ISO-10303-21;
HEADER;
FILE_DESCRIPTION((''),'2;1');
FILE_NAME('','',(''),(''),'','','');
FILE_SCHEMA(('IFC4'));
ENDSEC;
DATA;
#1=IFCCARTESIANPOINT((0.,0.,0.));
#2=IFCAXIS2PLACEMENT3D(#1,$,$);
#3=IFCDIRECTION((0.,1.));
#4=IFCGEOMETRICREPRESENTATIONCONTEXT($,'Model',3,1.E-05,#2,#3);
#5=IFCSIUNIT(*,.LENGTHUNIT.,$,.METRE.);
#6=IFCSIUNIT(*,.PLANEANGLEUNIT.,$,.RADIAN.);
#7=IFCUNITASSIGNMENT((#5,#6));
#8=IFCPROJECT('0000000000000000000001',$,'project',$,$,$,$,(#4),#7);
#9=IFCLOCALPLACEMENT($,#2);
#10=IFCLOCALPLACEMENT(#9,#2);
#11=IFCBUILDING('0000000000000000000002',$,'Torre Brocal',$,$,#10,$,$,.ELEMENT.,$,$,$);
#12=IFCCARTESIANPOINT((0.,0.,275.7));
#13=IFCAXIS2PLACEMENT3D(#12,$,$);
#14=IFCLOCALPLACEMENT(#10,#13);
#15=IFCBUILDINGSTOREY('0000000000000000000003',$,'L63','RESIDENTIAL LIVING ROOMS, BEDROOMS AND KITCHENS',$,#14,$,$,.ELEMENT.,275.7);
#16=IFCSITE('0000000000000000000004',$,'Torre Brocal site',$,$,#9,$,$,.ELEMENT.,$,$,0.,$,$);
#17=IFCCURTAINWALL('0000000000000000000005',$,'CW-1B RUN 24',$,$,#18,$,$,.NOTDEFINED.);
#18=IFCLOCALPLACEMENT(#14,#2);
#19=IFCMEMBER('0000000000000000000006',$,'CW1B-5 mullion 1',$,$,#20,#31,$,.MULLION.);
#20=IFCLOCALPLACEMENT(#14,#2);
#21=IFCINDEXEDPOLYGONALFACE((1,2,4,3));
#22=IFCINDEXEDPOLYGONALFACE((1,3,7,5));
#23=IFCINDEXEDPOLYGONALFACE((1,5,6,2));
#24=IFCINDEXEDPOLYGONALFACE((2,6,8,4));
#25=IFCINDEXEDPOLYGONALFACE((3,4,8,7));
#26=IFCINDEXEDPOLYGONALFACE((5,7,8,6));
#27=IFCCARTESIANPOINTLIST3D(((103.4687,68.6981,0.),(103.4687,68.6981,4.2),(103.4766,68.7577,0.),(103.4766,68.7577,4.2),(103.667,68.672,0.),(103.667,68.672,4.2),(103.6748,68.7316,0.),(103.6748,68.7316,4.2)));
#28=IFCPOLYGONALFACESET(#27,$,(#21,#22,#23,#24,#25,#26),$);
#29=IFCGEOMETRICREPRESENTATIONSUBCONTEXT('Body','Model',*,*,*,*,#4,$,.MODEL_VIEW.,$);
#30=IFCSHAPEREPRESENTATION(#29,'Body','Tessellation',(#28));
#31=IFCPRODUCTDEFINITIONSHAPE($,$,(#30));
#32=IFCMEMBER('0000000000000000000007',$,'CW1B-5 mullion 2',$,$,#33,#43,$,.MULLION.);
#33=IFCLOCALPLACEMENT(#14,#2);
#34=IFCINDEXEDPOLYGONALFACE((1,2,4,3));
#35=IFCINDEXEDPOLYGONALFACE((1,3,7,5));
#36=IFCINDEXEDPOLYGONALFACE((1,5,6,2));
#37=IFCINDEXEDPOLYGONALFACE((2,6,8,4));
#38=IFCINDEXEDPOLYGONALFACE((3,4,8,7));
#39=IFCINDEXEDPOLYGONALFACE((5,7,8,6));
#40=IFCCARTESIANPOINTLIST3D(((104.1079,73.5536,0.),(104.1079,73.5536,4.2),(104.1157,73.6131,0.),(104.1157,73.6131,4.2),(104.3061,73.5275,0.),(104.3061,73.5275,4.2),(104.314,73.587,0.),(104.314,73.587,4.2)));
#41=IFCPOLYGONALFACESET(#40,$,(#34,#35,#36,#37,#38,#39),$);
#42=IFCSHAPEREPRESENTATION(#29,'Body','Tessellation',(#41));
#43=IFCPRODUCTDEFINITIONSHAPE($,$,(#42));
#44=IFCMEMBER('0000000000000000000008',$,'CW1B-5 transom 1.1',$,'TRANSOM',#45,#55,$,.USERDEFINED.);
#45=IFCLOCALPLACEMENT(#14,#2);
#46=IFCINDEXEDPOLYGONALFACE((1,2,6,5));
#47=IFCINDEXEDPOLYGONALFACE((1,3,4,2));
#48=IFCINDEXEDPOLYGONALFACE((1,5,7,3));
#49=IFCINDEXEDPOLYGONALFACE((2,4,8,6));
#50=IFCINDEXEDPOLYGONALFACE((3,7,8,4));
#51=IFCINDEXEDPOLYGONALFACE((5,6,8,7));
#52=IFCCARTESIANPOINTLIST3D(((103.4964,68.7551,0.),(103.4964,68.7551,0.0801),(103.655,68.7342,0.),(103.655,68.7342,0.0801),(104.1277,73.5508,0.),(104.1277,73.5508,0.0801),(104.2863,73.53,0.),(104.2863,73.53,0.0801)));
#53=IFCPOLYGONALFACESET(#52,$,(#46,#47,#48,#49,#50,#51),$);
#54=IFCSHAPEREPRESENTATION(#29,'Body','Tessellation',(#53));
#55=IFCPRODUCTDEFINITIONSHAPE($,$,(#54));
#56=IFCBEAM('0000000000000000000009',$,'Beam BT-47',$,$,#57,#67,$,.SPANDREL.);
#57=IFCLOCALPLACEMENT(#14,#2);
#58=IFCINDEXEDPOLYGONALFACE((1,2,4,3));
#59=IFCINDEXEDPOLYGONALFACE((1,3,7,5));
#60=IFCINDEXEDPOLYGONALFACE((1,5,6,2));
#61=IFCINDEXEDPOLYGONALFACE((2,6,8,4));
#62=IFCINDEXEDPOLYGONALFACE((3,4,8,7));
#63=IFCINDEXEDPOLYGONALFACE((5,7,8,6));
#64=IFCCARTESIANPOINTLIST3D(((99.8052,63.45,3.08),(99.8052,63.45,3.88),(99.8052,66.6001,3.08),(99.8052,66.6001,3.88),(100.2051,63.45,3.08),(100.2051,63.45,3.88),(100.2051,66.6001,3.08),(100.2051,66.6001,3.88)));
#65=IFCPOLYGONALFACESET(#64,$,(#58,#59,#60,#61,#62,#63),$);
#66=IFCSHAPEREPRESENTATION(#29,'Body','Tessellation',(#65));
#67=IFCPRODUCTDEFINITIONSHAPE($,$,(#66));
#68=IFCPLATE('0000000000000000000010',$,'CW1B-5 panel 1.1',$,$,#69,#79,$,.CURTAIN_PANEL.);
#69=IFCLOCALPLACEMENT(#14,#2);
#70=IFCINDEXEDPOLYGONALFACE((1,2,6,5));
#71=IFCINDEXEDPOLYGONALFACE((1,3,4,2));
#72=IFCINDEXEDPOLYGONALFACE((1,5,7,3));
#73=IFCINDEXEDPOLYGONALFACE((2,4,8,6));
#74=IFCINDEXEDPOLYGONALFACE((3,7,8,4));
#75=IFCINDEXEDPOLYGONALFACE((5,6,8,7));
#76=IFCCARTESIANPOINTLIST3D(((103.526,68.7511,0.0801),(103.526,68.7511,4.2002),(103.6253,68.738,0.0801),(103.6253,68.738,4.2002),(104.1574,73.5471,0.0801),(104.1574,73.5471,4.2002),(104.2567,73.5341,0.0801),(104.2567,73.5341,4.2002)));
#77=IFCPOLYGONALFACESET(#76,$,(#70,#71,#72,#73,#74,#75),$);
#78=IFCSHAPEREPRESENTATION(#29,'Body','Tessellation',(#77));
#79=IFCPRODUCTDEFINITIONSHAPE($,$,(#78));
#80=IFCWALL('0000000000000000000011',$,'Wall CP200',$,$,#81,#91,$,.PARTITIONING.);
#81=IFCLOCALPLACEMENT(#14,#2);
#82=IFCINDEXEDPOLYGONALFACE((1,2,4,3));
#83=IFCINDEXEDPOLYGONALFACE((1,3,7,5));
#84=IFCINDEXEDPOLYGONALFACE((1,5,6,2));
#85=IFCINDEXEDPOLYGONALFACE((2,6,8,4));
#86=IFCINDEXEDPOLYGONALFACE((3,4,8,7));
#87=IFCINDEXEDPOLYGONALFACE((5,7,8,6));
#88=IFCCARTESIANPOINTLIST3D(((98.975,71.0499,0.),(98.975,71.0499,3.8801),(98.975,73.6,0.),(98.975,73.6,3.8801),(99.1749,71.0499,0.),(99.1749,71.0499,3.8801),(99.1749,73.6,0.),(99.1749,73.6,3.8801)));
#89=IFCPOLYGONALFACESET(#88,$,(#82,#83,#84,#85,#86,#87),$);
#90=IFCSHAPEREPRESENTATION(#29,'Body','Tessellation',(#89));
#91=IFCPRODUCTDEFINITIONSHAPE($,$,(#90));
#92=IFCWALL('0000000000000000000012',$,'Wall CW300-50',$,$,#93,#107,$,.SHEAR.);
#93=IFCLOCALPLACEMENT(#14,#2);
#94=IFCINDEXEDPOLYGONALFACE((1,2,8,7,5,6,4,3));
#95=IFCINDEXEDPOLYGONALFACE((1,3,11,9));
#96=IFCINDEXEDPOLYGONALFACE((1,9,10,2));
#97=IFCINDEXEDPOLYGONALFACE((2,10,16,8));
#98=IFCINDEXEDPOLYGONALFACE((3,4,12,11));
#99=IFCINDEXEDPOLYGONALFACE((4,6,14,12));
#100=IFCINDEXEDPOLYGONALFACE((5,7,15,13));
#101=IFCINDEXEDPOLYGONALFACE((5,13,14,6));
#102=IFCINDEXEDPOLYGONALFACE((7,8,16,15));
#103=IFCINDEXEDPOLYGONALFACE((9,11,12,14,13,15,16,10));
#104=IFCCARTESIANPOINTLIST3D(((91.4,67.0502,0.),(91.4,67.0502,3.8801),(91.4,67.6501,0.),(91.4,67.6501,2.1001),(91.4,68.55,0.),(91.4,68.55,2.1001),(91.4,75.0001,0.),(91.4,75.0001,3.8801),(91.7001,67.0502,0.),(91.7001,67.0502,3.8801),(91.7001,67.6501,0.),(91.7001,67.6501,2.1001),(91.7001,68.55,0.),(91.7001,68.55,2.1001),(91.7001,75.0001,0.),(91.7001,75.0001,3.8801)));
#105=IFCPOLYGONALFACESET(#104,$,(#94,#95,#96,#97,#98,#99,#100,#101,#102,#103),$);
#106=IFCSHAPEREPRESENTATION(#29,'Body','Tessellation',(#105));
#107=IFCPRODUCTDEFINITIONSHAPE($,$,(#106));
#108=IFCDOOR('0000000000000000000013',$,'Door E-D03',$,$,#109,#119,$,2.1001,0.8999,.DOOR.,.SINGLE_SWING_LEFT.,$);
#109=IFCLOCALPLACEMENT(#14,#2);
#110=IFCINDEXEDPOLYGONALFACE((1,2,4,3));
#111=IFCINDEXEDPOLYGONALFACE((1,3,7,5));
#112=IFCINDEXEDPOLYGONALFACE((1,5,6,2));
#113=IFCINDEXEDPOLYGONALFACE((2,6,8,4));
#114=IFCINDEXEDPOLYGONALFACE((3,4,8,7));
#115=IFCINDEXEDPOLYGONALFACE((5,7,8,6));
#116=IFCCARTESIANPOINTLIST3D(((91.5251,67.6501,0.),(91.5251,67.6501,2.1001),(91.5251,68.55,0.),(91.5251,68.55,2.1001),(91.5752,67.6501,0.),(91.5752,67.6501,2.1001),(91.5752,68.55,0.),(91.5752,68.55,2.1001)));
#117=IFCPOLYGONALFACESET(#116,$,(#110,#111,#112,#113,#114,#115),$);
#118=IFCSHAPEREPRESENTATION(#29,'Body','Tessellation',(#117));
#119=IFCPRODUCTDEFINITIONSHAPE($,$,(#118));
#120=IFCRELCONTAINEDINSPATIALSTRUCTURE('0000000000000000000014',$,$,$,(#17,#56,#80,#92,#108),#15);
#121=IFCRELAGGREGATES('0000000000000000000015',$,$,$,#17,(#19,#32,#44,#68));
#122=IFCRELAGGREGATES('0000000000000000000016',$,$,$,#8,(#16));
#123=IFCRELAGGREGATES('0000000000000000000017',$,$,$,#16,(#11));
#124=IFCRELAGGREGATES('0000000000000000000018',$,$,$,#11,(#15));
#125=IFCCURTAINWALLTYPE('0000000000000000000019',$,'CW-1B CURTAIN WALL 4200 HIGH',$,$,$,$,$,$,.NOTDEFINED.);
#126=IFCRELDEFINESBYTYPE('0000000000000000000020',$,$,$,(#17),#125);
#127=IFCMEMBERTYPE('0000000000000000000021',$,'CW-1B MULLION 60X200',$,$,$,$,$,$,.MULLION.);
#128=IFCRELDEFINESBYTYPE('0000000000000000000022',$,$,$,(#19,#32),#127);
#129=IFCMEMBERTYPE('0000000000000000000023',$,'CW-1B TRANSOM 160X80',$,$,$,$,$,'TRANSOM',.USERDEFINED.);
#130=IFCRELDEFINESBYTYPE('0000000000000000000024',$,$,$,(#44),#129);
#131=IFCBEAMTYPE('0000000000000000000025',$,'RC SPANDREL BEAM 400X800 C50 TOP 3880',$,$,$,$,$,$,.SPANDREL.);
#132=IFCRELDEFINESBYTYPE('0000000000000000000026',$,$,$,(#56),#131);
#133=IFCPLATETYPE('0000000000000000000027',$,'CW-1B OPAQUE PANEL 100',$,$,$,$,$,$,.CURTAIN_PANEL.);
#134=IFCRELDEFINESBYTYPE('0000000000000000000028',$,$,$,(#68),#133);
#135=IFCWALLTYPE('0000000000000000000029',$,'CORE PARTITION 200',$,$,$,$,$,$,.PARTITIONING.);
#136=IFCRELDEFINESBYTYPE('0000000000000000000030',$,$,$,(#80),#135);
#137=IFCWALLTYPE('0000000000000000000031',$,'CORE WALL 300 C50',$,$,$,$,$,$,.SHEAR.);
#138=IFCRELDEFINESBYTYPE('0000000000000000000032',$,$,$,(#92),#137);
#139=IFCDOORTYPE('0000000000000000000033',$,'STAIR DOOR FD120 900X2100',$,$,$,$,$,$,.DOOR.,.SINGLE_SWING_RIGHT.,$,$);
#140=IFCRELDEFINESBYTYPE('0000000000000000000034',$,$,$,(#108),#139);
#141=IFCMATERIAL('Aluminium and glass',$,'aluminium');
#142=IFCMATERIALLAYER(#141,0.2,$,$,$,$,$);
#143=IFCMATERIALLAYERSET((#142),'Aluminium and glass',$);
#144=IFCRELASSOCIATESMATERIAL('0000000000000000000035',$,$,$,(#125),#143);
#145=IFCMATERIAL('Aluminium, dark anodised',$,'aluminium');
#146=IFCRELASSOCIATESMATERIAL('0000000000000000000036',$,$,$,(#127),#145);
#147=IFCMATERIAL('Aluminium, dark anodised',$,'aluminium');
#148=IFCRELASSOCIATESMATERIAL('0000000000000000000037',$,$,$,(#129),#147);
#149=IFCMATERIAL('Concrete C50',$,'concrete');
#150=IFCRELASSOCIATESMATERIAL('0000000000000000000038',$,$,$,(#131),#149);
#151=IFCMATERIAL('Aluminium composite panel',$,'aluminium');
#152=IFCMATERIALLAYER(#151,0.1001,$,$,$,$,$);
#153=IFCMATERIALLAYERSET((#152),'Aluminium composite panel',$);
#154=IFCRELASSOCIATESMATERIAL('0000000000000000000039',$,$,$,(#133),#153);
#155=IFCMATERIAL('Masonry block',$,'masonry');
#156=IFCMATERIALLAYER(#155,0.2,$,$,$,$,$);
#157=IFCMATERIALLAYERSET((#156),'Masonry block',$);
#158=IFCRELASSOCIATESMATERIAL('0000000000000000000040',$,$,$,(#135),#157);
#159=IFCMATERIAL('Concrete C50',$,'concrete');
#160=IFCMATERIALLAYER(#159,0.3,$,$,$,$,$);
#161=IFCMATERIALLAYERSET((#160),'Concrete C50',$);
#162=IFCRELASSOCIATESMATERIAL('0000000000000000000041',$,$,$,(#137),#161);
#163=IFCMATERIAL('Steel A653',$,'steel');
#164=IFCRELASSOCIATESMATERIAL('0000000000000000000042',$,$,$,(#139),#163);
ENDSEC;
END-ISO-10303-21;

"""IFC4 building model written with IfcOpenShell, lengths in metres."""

from ifc_helpers import new_model, si_unit, direction, frame, frame_2d, origin, origin_2d, place, context, subcontext, project, spatial, rectangle, extrude, material, layer, layer_set, material_profile, profile_set, type_object, element, fill, aggregate, save


model = new_model("IFC4")

# Units and contexts
model_context = context("Model", 3, precision=1e-05, world=origin(), true_north=direction((0.0, 1.0)))
body_context = subcontext(model_context, "Body", "Model", "MODEL_VIEW")
ifc_project = project(units=[si_unit("LENGTHUNIT", "METRE"), si_unit("PLANEANGLEUNIT", "RADIAN")], contexts=[model_context])

# Site, building, storey
site_placement = place(None, origin())
site = spatial("IfcSite", under=ifc_project, at=site_placement, Name="Torre Brocal site", CompositionType="ELEMENT", RefElevation=0.0)
building_placement = place(site_placement, origin())
building = spatial("IfcBuilding", under=site, at=building_placement, Name="Torre Brocal", CompositionType="ELEMENT")
storey_placement = place(building_placement, frame((0.0, 0.0, 275.7)))
storey = spatial("IfcBuildingStorey", under=building, at=storey_placement, Name="L63", Description="RESIDENTIAL LIVING ROOMS, BEDROOMS AND KITCHENS", CompositionType="ELEMENT", Elevation=275.7)

# Curtain wall, members
ifc_material_1 = material(Name="Aluminium and glass", Category="aluminium")
ifc_layer_1 = layer(ifc_material_1, 0.2)
ifc_layer_set_1 = layer_set([ifc_layer_1], Name="Aluminium and glass")
curtain_wall_type = type_object("IfcCurtainWallType", Name="CW-1B CURTAIN WALL 4200 HIGH", PredefinedType="NOTDEFINED", material=ifc_layer_set_1)
curtain_wall_placement = place(storey_placement, origin())
curtain_wall = element("IfcCurtainWall", 1, at=curtain_wall_placement, inside=storey, type_object=curtain_wall_type, Name="CW-1B RUN 24", PredefinedType="NOTDEFINED")
ifc_material_2 = material(Name="Aluminium, dark anodised", Category="aluminium")
ifc_material_profile_1 = material_profile(ifc_material_2, rectangle(XDim=0.2, YDim=0.0601, at=origin_2d()), Name="CW-1B MULLION 60X200")
ifc_profile_set_1 = profile_set([ifc_material_profile_1], Name="Aluminium, dark anodised")
member_type_1 = type_object("IfcMemberType", Name="CW-1B MULLION 60X200", PredefinedType="MULLION", material=ifc_profile_set_1)
member_1_placement = place(storey_placement, frame((103.5718, 68.7148, 0.0), z_axis=(0.0, 0.0, 1.0), x_axis=(-0.991445, 0.130526, 0.0)))
member_1 = element("IfcMember", 2, at=member_1_placement, type_object=member_type_1, Name="CW1B-5 mullion 1", PredefinedType="MULLION", context=body_context, shape_type="SweptSolid", body=[
    extrude(rectangle(XDim=0.2, YDim=0.0601, at=origin_2d()), origin(), (0.0, 0.0, 1.0), 4.2),
])
member_2_placement = place(storey_placement, frame((104.2109, 73.5703, 0.0), z_axis=(0.0, 0.0, 1.0), x_axis=(-0.991445, 0.130526, 0.0)))
member_2 = element("IfcMember", 3, at=member_2_placement, type_object=member_type_1, Name="CW1B-5 mullion 2", PredefinedType="MULLION", context=body_context, shape_type="SweptSolid", body=[
    extrude(rectangle(XDim=0.2, YDim=0.0601, at=origin_2d()), origin(), (0.0, 0.0, 1.0), 4.2),
])
ifc_material_3 = material(Name="Aluminium, dark anodised", Category="aluminium")
ifc_material_profile_2 = material_profile(ifc_material_3, rectangle(XDim=0.1599, YDim=0.0801, at=origin_2d()), Name="CW-1B TRANSOM 160X80")
ifc_profile_set_2 = profile_set([ifc_material_profile_2], Name="Aluminium, dark anodised")
member_type_2 = type_object("IfcMemberType", Name="CW-1B TRANSOM 160X80", ElementType="TRANSOM", PredefinedType="USERDEFINED", material=ifc_profile_set_2)
member_3_placement = place(storey_placement, frame((103.5757, 68.7446, 0.04), z_axis=(0.130517, 0.991446, 0.0), x_axis=(-0.991446, 0.130517, 0.0)))
member_3 = element("IfcMember", 4, at=member_3_placement, type_object=member_type_2, Name="CW1B-5 transom 1.1", ObjectType="TRANSOM", PredefinedType="USERDEFINED", context=body_context, shape_type="SweptSolid", body=[
    extrude(rectangle(XDim=0.1599, YDim=0.0801, at=origin_2d()), origin(), (0.0, 0.0, 1.0), 4.8372),
])

# Beam
ifc_material_4 = material(Name="Concrete C50", Category="concrete")
ifc_material_profile_3 = material_profile(ifc_material_4, rectangle(XDim=0.3999, YDim=0.8, at=origin_2d()), Name="RC 400X800")
ifc_profile_set_3 = profile_set([ifc_material_profile_3], Name="Concrete C50")
beam_type = type_object("IfcBeamType", Name="RC SPANDREL BEAM 400X800 C50 TOP 3880", PredefinedType="SPANDREL", material=ifc_profile_set_3)
beam_placement = place(storey_placement, frame((100.0051, 63.45, 3.48), z_axis=(0.0, 1.0, 0.0), x_axis=(-1.0, 0.0, 0.0)))
element("IfcBeam", 5, at=beam_placement, inside=storey, type_object=beam_type, Name="Beam BT-47", PredefinedType="SPANDREL", context=body_context, shape_type="SweptSolid", body=[
    extrude(rectangle(XDim=0.3999, YDim=0.8, at=origin_2d()), origin(), (0.0, 0.0, 1.0), 3.1501),
])

# Plate
ifc_material_5 = material(Name="Aluminium composite panel", Category="aluminium")
ifc_layer_2 = layer(ifc_material_5, 0.1001)
ifc_layer_set_2 = layer_set([ifc_layer_2], Name="Aluminium composite panel")
plate_type = type_object("IfcPlateType", Name="CW-1B OPAQUE PANEL 100", PredefinedType="CURTAIN_PANEL", material=ifc_layer_set_2)
plate_placement = place(storey_placement, frame((103.8914, 71.1426, 0.0801), z_axis=(0.0, 0.0, 1.0), x_axis=(0.130526, 0.991445, 0.0)))
plate = element("IfcPlate", 6, at=plate_placement, type_object=plate_type, Name="CW1B-5 panel 1.1", PredefinedType="CURTAIN_PANEL", context=body_context, shape_type="SweptSolid", body=[
    extrude(rectangle(XDim=4.8374, YDim=0.1001, at=origin_2d()), origin(), (0.0, 0.0, 1.0), 4.1201),
])
aggregate(curtain_wall, [member_1, member_2, member_3, plate])

# Wall
ifc_material_6 = material(Name="Masonry block", Category="masonry")
ifc_layer_3 = layer(ifc_material_6, 0.2)
ifc_layer_set_3 = layer_set([ifc_layer_3], Name="Masonry block")
wall_type_1 = type_object("IfcWallType", Name="CORE PARTITION 200", PredefinedType="PARTITIONING", material=ifc_layer_set_3)
wall_1_placement = place(storey_placement, frame((99.075, 71.05, 0.0), z_axis=(0.0, 0.0, 1.0), x_axis=(0.0, 1.0, 0.0)))
element("IfcWall", 7, at=wall_1_placement, inside=storey, type_object=wall_type_1, Name="Wall CP200", PredefinedType="PARTITIONING", context=body_context, shape_type="SweptSolid", body=[
    extrude(rectangle(XDim=2.55, YDim=0.2, at=frame_2d((1.2749, 0.0))), origin(), (0.0, 0.0, 1.0), 3.8801),
])

# Wall, opening, door
ifc_material_7 = material(Name="Concrete C50", Category="concrete")
ifc_layer_4 = layer(ifc_material_7, 0.3)
ifc_layer_set_4 = layer_set([ifc_layer_4], Name="Concrete C50")
wall_type_2 = type_object("IfcWallType", Name="CORE WALL 300 C50", PredefinedType="SHEAR", material=ifc_layer_set_4)
wall_2_placement = place(storey_placement, frame((91.55, 67.05, 0.0), z_axis=(0.0, 0.0, 1.0), x_axis=(0.0, 1.0, 0.0)))
wall_2 = element("IfcWall", 8, at=wall_2_placement, inside=storey, type_object=wall_type_2, Name="Wall CW300-50", PredefinedType="SHEAR", context=body_context, shape_type="SweptSolid", body=[
    extrude(rectangle(XDim=7.95, YDim=0.3, at=frame_2d((3.9751, 0.0))), origin(), (0.0, 0.0, 1.0), 3.8801),
])
opening_1_placement = place(wall_2_placement, frame((0.6001, 0.0, 0.0)))
opening_1 = element("IfcOpeningElement", 9, at=opening_1_placement, cuts=wall_2, PredefinedType="OPENING", context=body_context, shape_type="SweptSolid", body=[
    extrude(rectangle(XDim=0.8999, YDim=2.1001, at=frame_2d((0.45, 1.05))), frame((0.0, 0.1599, 0.0), z_axis=(0.0, -1.0, 0.0), x_axis=(1.0, 0.0, 0.0)), (0.0, 0.0, 1.0), 0.3201),
])
ifc_material_8 = material(Name="Steel A653", Category="steel")
door_type_1 = type_object("IfcDoorType", Name="STAIR DOOR FD120 900X2100", OperationType="SINGLE_SWING_RIGHT", PredefinedType="DOOR", material=ifc_material_8)
door_1_placement = place(opening_1_placement, origin())
door_1 = element("IfcDoor", 10, at=door_1_placement, inside=storey, type_object=door_type_1, Name="Door E-D03", OperationType="SINGLE_SWING_LEFT", OverallHeight=2.1001, OverallWidth=0.8999, PredefinedType="DOOR", context=body_context, shape_type="SweptSolid", body=[
    extrude(rectangle(XDim=0.8999, YDim=2.1001, at=frame_2d((0.45, 1.05))), frame((0.0, 0.0249, 0.0), z_axis=(0.0, -1.0, 0.0), x_axis=(1.0, 0.0, 0.0)), (0.0, 0.0, 1.0), 0.05),
])
fill(opening_1, door_1)

save(model, "model.ifc")
